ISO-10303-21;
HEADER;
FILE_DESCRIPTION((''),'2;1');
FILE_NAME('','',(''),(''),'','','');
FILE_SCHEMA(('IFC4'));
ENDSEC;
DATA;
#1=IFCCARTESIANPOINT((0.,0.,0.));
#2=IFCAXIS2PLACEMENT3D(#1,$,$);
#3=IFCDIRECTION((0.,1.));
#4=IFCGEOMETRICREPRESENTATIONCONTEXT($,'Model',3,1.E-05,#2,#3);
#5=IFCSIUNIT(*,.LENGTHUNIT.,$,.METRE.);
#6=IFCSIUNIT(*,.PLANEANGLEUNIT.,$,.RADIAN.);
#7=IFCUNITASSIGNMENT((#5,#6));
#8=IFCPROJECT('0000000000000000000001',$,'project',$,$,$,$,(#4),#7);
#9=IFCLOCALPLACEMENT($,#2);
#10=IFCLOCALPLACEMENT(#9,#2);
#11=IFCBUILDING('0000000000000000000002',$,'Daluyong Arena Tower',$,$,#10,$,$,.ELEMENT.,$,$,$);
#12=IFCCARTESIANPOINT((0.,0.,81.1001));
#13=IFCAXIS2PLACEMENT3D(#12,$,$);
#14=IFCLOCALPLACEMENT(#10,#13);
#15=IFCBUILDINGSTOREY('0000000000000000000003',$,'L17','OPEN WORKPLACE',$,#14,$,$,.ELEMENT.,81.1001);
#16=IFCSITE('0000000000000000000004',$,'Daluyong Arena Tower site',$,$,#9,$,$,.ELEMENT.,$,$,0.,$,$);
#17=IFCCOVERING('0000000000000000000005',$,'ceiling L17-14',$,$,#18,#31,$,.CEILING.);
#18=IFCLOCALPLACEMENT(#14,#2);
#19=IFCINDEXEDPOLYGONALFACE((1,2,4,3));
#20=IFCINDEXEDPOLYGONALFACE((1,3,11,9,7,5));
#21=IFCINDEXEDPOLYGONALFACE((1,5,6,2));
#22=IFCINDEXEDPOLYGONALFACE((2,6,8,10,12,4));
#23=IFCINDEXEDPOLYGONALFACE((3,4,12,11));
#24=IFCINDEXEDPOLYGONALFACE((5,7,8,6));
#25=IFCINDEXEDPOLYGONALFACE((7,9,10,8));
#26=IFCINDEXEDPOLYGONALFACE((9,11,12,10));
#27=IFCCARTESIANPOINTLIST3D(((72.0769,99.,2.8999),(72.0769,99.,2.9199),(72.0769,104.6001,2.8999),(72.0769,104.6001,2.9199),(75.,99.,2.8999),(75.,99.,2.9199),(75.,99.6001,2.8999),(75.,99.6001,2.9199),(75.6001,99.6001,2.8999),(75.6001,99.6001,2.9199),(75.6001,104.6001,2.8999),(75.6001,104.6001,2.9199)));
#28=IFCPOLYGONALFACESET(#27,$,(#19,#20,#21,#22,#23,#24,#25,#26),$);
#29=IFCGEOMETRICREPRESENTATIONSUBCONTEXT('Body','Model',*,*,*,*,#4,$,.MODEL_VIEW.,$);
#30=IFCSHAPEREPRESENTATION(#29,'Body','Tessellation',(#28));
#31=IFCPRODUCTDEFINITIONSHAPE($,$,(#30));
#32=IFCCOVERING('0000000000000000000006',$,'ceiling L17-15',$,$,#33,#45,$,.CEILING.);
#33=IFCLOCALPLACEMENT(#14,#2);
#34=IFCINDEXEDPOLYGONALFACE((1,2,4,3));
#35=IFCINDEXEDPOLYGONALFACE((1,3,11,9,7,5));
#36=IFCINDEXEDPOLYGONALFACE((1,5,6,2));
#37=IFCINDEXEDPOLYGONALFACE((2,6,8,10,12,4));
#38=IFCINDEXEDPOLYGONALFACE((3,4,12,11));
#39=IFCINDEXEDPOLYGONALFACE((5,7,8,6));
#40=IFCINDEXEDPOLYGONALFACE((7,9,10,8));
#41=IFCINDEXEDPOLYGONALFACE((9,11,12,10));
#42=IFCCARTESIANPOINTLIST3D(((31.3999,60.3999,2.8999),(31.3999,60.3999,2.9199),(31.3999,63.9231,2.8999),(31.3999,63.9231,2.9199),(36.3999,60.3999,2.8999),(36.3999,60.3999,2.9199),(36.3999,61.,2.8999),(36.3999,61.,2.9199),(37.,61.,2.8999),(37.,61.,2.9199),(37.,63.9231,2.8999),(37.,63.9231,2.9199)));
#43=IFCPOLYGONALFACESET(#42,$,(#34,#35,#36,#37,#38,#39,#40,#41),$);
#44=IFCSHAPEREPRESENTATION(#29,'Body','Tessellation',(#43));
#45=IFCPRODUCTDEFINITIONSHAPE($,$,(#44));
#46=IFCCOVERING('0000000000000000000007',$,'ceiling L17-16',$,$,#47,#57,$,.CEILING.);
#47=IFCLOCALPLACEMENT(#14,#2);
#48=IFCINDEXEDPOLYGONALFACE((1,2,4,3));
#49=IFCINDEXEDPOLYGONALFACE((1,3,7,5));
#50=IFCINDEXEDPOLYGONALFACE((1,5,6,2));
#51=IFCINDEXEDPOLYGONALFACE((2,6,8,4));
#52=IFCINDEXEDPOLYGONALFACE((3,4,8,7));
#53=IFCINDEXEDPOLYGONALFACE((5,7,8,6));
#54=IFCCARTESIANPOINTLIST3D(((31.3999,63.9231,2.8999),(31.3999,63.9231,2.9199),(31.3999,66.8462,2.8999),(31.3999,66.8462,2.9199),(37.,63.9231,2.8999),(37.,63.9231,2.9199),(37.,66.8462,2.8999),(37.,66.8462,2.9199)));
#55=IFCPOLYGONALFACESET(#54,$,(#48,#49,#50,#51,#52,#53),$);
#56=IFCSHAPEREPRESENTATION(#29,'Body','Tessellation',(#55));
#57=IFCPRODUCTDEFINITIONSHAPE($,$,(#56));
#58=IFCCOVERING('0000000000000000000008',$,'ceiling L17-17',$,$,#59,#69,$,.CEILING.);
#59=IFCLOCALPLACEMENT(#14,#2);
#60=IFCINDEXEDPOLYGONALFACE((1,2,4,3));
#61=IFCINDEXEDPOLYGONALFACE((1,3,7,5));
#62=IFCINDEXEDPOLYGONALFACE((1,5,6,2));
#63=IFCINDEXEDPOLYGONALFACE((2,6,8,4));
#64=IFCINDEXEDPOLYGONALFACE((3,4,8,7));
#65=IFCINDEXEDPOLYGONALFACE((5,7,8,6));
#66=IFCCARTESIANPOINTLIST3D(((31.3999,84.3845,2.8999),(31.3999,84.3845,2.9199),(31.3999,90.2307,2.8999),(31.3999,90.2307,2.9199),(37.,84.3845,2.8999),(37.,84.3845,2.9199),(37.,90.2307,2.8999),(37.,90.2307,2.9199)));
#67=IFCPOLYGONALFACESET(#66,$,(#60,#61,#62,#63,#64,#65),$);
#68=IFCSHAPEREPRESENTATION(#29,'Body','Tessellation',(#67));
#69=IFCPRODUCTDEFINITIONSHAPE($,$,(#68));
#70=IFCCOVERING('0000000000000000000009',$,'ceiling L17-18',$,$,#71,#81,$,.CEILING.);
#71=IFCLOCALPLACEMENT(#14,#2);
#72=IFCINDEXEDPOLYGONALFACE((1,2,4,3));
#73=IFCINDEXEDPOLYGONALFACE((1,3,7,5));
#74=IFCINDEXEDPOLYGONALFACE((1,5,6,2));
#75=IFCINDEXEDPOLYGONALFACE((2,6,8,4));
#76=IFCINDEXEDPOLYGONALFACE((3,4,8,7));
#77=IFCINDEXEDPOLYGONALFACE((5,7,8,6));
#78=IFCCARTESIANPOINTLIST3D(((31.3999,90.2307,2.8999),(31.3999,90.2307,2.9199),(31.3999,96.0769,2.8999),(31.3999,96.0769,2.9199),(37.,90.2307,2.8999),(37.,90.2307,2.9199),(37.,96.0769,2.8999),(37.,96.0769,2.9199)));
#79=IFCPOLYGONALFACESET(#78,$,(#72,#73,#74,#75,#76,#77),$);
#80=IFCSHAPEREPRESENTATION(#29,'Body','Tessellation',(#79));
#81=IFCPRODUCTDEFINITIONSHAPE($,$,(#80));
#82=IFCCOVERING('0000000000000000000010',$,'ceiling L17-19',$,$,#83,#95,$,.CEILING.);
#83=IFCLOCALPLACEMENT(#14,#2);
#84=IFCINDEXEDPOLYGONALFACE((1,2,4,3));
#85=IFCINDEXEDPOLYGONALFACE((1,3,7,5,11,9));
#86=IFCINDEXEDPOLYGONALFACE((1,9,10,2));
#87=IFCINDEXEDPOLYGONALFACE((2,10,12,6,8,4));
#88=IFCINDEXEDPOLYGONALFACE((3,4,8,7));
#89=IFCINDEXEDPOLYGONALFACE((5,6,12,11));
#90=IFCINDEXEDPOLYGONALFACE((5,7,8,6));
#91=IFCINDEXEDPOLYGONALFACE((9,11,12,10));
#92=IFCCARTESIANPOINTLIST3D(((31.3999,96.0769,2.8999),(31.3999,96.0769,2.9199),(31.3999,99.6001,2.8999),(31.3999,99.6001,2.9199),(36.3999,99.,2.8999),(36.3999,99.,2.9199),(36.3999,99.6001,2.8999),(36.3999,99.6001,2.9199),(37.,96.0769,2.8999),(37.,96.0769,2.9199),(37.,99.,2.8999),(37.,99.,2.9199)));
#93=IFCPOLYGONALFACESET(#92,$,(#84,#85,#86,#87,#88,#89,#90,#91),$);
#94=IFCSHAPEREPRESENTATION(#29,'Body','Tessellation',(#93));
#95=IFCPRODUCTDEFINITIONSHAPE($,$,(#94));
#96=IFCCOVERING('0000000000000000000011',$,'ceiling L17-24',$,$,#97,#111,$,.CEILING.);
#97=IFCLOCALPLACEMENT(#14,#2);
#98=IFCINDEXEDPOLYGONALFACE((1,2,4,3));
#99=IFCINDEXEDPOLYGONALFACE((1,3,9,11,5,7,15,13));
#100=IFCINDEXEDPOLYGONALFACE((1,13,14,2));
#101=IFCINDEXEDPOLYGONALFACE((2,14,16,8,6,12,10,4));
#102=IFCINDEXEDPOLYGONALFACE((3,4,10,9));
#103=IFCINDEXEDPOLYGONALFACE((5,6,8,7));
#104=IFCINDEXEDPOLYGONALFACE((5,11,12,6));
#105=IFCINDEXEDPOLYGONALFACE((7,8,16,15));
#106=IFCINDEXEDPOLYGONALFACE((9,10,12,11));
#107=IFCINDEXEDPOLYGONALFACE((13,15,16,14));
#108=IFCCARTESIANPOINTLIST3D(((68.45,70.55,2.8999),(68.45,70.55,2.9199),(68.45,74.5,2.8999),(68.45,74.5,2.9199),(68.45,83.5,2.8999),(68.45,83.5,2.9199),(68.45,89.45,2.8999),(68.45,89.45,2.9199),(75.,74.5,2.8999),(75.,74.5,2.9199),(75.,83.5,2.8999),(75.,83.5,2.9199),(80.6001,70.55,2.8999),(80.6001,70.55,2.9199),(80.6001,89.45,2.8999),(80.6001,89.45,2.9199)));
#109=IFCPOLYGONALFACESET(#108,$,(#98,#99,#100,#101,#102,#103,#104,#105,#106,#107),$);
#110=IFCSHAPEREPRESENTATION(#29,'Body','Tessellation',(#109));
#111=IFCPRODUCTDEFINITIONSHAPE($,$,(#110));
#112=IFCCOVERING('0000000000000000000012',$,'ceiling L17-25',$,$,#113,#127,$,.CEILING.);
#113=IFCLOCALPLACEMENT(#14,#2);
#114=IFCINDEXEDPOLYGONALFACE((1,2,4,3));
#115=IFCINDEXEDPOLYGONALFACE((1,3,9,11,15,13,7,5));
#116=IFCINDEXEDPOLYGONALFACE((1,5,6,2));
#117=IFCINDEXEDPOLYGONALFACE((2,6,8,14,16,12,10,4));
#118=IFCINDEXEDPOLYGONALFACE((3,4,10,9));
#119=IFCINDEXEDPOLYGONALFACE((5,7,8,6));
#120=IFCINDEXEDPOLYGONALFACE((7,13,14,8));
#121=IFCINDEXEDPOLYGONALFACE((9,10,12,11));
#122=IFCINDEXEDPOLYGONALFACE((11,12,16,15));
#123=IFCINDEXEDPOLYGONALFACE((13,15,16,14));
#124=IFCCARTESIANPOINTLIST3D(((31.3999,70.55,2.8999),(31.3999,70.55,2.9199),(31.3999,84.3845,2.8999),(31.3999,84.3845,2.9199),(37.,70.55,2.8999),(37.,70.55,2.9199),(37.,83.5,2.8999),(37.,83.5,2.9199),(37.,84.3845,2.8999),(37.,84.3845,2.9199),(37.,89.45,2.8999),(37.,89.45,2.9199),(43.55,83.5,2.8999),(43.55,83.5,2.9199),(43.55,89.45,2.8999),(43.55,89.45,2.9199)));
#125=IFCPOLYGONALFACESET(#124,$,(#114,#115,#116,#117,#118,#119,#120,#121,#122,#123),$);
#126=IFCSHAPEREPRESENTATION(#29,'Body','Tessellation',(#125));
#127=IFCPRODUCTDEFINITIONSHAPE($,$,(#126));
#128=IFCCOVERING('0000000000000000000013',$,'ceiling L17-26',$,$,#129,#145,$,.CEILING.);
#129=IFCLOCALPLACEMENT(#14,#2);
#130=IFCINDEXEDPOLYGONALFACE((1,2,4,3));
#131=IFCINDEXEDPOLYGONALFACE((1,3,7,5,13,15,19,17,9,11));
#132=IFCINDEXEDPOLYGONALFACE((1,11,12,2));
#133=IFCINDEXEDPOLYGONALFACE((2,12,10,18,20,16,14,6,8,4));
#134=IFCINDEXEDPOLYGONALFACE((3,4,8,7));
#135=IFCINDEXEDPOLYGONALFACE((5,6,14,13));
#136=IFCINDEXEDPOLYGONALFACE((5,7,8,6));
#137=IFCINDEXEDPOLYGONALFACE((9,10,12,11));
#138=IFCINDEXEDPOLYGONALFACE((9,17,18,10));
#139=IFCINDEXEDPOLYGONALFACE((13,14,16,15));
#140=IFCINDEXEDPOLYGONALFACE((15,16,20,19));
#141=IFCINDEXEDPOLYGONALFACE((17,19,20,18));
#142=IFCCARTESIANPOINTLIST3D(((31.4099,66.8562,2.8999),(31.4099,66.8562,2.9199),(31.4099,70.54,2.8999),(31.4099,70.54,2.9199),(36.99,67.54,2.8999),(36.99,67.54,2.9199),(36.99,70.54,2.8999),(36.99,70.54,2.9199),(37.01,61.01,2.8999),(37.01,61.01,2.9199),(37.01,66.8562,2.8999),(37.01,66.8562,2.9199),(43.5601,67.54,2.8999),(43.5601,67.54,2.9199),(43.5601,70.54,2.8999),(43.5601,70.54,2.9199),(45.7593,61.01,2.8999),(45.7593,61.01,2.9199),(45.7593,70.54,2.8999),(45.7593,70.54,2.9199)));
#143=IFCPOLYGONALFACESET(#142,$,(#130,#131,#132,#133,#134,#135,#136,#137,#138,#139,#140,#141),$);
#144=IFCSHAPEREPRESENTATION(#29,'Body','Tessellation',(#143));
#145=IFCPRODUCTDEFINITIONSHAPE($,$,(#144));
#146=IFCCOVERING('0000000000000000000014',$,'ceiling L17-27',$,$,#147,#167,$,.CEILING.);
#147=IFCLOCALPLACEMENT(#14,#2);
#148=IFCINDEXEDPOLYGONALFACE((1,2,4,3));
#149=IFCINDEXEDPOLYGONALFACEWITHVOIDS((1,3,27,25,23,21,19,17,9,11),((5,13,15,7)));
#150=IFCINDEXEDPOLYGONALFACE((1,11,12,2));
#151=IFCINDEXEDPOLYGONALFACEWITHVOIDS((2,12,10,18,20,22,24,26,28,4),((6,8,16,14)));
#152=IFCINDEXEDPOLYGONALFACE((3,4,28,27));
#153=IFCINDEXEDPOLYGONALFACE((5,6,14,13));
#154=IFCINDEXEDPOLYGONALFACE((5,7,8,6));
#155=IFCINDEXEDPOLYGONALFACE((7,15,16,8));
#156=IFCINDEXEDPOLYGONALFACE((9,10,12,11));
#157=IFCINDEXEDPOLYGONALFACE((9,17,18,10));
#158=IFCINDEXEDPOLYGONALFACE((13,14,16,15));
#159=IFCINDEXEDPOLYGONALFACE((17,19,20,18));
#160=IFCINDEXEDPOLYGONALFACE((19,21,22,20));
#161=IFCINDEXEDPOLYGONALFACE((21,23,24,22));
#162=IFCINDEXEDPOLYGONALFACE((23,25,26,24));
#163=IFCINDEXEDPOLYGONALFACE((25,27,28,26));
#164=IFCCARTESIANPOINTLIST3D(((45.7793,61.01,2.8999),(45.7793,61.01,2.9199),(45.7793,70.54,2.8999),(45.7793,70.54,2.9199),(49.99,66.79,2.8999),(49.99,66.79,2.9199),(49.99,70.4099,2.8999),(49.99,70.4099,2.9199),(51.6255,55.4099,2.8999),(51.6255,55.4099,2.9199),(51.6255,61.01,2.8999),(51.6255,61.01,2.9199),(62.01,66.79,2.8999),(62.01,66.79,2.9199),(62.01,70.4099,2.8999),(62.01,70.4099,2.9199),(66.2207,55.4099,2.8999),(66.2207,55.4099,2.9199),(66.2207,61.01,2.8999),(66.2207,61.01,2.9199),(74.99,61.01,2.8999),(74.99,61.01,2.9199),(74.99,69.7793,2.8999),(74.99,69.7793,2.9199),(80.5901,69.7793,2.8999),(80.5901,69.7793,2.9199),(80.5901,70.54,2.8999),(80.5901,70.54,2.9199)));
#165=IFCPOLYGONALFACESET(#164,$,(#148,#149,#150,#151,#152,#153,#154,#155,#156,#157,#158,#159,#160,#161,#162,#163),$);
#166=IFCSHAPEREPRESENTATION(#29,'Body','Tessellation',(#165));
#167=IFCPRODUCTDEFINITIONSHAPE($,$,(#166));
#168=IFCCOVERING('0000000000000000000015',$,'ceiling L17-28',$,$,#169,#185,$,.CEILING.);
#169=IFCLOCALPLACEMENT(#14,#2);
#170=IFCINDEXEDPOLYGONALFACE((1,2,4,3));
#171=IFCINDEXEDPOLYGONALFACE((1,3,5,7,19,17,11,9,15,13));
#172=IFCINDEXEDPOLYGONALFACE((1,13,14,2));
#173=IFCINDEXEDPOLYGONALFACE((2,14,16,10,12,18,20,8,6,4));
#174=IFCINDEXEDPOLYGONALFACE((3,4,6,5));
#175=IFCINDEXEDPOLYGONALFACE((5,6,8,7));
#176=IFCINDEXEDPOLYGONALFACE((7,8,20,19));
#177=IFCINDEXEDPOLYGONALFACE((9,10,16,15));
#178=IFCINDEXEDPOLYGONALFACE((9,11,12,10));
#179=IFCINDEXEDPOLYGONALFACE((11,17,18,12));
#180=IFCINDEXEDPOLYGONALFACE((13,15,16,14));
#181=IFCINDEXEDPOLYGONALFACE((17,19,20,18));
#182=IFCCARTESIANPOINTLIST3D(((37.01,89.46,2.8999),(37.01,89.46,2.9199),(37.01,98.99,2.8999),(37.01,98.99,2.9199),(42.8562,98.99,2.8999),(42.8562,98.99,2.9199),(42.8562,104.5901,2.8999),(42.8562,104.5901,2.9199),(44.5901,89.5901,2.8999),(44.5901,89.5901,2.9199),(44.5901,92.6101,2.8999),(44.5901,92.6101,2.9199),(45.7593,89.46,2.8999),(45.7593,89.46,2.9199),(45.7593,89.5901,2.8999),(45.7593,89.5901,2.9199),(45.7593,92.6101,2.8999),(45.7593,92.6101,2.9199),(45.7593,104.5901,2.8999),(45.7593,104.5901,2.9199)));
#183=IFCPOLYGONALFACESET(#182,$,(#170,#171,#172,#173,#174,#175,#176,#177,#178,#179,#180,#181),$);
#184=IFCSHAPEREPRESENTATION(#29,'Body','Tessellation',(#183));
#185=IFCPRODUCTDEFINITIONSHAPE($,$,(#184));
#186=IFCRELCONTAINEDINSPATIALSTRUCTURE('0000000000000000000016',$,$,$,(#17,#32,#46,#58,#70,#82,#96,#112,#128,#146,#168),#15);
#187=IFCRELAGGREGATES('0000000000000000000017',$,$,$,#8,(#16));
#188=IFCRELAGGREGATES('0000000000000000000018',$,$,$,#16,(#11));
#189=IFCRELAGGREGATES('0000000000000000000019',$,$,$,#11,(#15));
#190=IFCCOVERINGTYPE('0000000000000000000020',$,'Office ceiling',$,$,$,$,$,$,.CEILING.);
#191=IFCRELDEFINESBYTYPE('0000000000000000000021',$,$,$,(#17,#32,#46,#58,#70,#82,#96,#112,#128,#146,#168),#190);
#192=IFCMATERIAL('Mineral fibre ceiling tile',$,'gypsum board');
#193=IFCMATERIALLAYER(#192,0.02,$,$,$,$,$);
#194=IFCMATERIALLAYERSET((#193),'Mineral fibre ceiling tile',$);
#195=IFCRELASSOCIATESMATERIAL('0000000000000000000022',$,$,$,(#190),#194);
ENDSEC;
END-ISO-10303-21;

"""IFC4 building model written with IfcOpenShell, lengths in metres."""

from ifc_helpers import new_model, si_unit, direction, frame, origin, place, context, subcontext, project, spatial, polyline, outline, extrude, material, layer, layer_set, type_object, element, save


model = new_model("IFC4")

# Units and contexts
model_context = context("Model", 3, precision=1e-05, world=origin(), true_north=direction((0.0, 1.0)))
body_context = subcontext(model_context, "Body", "Model", "MODEL_VIEW")
ifc_project = project(units=[si_unit("LENGTHUNIT", "METRE"), si_unit("PLANEANGLEUNIT", "RADIAN")], contexts=[model_context])

# Site, building, storey
site_placement = place(None, origin())
site = spatial("IfcSite", under=ifc_project, at=site_placement, Name="Daluyong Arena Tower site", CompositionType="ELEMENT", RefElevation=0.0)
building_placement = place(site_placement, origin())
building = spatial("IfcBuilding", under=site, at=building_placement, Name="Daluyong Arena Tower", CompositionType="ELEMENT")
storey_placement = place(building_placement, frame((0.0, 0.0, 81.1001)))
storey = spatial("IfcBuildingStorey", under=building, at=storey_placement, Name="L17", Description="OPEN WORKPLACE", CompositionType="ELEMENT", Elevation=81.1001)

# Coverings
ifc_material_1 = material(Name="Mineral fibre ceiling tile", Category="gypsum board")
ifc_layer_1 = layer(ifc_material_1, 0.02)
ifc_layer_set_1 = layer_set([ifc_layer_1], Name="Mineral fibre ceiling tile")
covering_type = type_object("IfcCoveringType", Name="Office ceiling", PredefinedType="CEILING", material=ifc_layer_set_1)
covering_1_placement = place(storey_placement, frame((0.0, 0.0, 2.8999)))
element("IfcCovering", 1, at=covering_1_placement, inside=storey, type_object=covering_type, Name="ceiling L17-14", PredefinedType="CEILING", context=body_context, shape_type="SweptSolid", body=[
    extrude(outline(polyline([(72.0769, 99.0), (75.0, 99.0), (75.0, 99.6001), (75.6001, 99.6001), (75.6001, 104.6001), (72.0769, 104.6001), (72.0769, 99.0)])), origin(), (0.0, 0.0, 1.0), 0.02),
])
covering_2_placement = place(storey_placement, frame((0.0, 0.0, 2.8999)))
element("IfcCovering", 2, at=covering_2_placement, inside=storey, type_object=covering_type, Name="ceiling L17-15", PredefinedType="CEILING", context=body_context, shape_type="SweptSolid", body=[
    extrude(outline(polyline([(31.3999, 60.3999), (36.3999, 60.3999), (36.3999, 61.0), (37.0, 61.0), (37.0, 63.9231), (31.3999, 63.9231), (31.3999, 60.3999)])), origin(), (0.0, 0.0, 1.0), 0.02),
])
covering_3_placement = place(storey_placement, frame((0.0, 0.0, 2.8999)))
element("IfcCovering", 3, at=covering_3_placement, inside=storey, type_object=covering_type, Name="ceiling L17-16", PredefinedType="CEILING", context=body_context, shape_type="SweptSolid", body=[
    extrude(outline(polyline([(37.0, 66.8462), (31.3999, 66.8462), (31.3999, 63.9231), (37.0, 63.9231), (37.0, 66.8462)])), origin(), (0.0, 0.0, 1.0), 0.02),
])
covering_4_placement = place(storey_placement, frame((0.0, 0.0, 2.8999)))
element("IfcCovering", 4, at=covering_4_placement, inside=storey, type_object=covering_type, Name="ceiling L17-17", PredefinedType="CEILING", context=body_context, shape_type="SweptSolid", body=[
    extrude(outline(polyline([(37.0, 90.2307), (31.3999, 90.2307), (31.3999, 84.3845), (37.0, 84.3845), (37.0, 90.2307)])), origin(), (0.0, 0.0, 1.0), 0.02),
])
covering_5_placement = place(storey_placement, frame((0.0, 0.0, 2.8999)))
element("IfcCovering", 5, at=covering_5_placement, inside=storey, type_object=covering_type, Name="ceiling L17-18", PredefinedType="CEILING", context=body_context, shape_type="SweptSolid", body=[
    extrude(outline(polyline([(37.0, 96.0769), (31.3999, 96.0769), (31.3999, 90.2307), (37.0, 90.2307), (37.0, 96.0769)])), origin(), (0.0, 0.0, 1.0), 0.02),
])
covering_6_placement = place(storey_placement, frame((0.0, 0.0, 2.8999)))
element("IfcCovering", 6, at=covering_6_placement, inside=storey, type_object=covering_type, Name="ceiling L17-19", PredefinedType="CEILING", context=body_context, shape_type="SweptSolid", body=[
    extrude(outline(polyline([(37.0, 96.0769), (37.0, 99.0), (36.3999, 99.0), (36.3999, 99.6001), (31.3999, 99.6001), (31.3999, 96.0769), (37.0, 96.0769)])), origin(), (0.0, 0.0, 1.0), 0.02),
])
covering_7_placement = place(storey_placement, frame((0.0, 0.0, 2.8999)))
element("IfcCovering", 7, at=covering_7_placement, inside=storey, type_object=covering_type, Name="ceiling L17-24", PredefinedType="CEILING", context=body_context, shape_type="SweptSolid", body=[
    extrude(outline(polyline([(80.6001, 70.55), (80.6001, 89.45), (68.45, 89.45), (68.45, 83.5), (75.0, 83.5), (75.0, 74.5), (68.45, 74.5), (68.45, 70.55), (80.6001, 70.55)])), origin(), (0.0, 0.0, 1.0), 0.02),
])
covering_8_placement = place(storey_placement, frame((0.0, 0.0, 2.8999)))
element("IfcCovering", 8, at=covering_8_placement, inside=storey, type_object=covering_type, Name="ceiling L17-25", PredefinedType="CEILING", context=body_context, shape_type="SweptSolid", body=[
    extrude(outline(polyline([(31.3999, 84.3845), (31.3999, 70.55), (37.0, 70.55), (37.0, 83.5), (43.55, 83.5), (43.55, 89.45), (37.0, 89.45), (37.0, 84.3845), (31.3999, 84.3845)])), origin(), (0.0, 0.0, 1.0), 0.02),
])
covering_9_placement = place(storey_placement, frame((0.0, 0.0, 2.8999)))
element("IfcCovering", 9, at=covering_9_placement, inside=storey, type_object=covering_type, Name="ceiling L17-26", PredefinedType="CEILING", context=body_context, shape_type="SweptSolid", body=[
    extrude(outline(polyline([(37.01, 61.01), (45.7593, 61.01), (45.7593, 70.54), (43.5601, 70.54), (43.5601, 67.54), (36.99, 67.54), (36.99, 70.54), (31.4099, 70.54), (31.4099, 66.8562), (37.01, 66.8562), (37.01, 61.01)])), origin(), (0.0, 0.0, 1.0), 0.02),
])
covering_10_placement = place(storey_placement, frame((0.0, 0.0, 2.8999)))
element("IfcCovering", 10, at=covering_10_placement, inside=storey, type_object=covering_type, Name="ceiling L17-27", PredefinedType="CEILING", context=body_context, shape_type="SweptSolid", body=[
    extrude(outline(polyline([(74.99, 61.01), (74.99, 69.7793), (80.5901, 69.7793), (80.5901, 70.54), (45.7793, 70.54), (45.7793, 61.01), (51.6255, 61.01), (51.6255, 55.4099), (66.2207, 55.4099), (66.2207, 61.01), (74.99, 61.01)]), holes=[polyline([(49.99, 66.79), (49.99, 70.4099), (62.01, 70.4099), (62.01, 66.79), (49.99, 66.79)])]), origin(), (0.0, 0.0, 1.0), 0.02),
])
covering_11_placement = place(storey_placement, frame((0.0, 0.0, 2.8999)))
element("IfcCovering", 11, at=covering_11_placement, inside=storey, type_object=covering_type, Name="ceiling L17-28", PredefinedType="CEILING", context=body_context, shape_type="SweptSolid", body=[
    extrude(outline(polyline([(37.01, 98.99), (37.01, 89.46), (45.7593, 89.46), (45.7593, 89.5901), (44.5901, 89.5901), (44.5901, 92.6101), (45.7593, 92.6101), (45.7593, 104.5901), (42.8562, 104.5901), (42.8562, 98.99), (37.01, 98.99)])), origin(), (0.0, 0.0, 1.0), 0.02),
])

save(model, "model.ifc")
